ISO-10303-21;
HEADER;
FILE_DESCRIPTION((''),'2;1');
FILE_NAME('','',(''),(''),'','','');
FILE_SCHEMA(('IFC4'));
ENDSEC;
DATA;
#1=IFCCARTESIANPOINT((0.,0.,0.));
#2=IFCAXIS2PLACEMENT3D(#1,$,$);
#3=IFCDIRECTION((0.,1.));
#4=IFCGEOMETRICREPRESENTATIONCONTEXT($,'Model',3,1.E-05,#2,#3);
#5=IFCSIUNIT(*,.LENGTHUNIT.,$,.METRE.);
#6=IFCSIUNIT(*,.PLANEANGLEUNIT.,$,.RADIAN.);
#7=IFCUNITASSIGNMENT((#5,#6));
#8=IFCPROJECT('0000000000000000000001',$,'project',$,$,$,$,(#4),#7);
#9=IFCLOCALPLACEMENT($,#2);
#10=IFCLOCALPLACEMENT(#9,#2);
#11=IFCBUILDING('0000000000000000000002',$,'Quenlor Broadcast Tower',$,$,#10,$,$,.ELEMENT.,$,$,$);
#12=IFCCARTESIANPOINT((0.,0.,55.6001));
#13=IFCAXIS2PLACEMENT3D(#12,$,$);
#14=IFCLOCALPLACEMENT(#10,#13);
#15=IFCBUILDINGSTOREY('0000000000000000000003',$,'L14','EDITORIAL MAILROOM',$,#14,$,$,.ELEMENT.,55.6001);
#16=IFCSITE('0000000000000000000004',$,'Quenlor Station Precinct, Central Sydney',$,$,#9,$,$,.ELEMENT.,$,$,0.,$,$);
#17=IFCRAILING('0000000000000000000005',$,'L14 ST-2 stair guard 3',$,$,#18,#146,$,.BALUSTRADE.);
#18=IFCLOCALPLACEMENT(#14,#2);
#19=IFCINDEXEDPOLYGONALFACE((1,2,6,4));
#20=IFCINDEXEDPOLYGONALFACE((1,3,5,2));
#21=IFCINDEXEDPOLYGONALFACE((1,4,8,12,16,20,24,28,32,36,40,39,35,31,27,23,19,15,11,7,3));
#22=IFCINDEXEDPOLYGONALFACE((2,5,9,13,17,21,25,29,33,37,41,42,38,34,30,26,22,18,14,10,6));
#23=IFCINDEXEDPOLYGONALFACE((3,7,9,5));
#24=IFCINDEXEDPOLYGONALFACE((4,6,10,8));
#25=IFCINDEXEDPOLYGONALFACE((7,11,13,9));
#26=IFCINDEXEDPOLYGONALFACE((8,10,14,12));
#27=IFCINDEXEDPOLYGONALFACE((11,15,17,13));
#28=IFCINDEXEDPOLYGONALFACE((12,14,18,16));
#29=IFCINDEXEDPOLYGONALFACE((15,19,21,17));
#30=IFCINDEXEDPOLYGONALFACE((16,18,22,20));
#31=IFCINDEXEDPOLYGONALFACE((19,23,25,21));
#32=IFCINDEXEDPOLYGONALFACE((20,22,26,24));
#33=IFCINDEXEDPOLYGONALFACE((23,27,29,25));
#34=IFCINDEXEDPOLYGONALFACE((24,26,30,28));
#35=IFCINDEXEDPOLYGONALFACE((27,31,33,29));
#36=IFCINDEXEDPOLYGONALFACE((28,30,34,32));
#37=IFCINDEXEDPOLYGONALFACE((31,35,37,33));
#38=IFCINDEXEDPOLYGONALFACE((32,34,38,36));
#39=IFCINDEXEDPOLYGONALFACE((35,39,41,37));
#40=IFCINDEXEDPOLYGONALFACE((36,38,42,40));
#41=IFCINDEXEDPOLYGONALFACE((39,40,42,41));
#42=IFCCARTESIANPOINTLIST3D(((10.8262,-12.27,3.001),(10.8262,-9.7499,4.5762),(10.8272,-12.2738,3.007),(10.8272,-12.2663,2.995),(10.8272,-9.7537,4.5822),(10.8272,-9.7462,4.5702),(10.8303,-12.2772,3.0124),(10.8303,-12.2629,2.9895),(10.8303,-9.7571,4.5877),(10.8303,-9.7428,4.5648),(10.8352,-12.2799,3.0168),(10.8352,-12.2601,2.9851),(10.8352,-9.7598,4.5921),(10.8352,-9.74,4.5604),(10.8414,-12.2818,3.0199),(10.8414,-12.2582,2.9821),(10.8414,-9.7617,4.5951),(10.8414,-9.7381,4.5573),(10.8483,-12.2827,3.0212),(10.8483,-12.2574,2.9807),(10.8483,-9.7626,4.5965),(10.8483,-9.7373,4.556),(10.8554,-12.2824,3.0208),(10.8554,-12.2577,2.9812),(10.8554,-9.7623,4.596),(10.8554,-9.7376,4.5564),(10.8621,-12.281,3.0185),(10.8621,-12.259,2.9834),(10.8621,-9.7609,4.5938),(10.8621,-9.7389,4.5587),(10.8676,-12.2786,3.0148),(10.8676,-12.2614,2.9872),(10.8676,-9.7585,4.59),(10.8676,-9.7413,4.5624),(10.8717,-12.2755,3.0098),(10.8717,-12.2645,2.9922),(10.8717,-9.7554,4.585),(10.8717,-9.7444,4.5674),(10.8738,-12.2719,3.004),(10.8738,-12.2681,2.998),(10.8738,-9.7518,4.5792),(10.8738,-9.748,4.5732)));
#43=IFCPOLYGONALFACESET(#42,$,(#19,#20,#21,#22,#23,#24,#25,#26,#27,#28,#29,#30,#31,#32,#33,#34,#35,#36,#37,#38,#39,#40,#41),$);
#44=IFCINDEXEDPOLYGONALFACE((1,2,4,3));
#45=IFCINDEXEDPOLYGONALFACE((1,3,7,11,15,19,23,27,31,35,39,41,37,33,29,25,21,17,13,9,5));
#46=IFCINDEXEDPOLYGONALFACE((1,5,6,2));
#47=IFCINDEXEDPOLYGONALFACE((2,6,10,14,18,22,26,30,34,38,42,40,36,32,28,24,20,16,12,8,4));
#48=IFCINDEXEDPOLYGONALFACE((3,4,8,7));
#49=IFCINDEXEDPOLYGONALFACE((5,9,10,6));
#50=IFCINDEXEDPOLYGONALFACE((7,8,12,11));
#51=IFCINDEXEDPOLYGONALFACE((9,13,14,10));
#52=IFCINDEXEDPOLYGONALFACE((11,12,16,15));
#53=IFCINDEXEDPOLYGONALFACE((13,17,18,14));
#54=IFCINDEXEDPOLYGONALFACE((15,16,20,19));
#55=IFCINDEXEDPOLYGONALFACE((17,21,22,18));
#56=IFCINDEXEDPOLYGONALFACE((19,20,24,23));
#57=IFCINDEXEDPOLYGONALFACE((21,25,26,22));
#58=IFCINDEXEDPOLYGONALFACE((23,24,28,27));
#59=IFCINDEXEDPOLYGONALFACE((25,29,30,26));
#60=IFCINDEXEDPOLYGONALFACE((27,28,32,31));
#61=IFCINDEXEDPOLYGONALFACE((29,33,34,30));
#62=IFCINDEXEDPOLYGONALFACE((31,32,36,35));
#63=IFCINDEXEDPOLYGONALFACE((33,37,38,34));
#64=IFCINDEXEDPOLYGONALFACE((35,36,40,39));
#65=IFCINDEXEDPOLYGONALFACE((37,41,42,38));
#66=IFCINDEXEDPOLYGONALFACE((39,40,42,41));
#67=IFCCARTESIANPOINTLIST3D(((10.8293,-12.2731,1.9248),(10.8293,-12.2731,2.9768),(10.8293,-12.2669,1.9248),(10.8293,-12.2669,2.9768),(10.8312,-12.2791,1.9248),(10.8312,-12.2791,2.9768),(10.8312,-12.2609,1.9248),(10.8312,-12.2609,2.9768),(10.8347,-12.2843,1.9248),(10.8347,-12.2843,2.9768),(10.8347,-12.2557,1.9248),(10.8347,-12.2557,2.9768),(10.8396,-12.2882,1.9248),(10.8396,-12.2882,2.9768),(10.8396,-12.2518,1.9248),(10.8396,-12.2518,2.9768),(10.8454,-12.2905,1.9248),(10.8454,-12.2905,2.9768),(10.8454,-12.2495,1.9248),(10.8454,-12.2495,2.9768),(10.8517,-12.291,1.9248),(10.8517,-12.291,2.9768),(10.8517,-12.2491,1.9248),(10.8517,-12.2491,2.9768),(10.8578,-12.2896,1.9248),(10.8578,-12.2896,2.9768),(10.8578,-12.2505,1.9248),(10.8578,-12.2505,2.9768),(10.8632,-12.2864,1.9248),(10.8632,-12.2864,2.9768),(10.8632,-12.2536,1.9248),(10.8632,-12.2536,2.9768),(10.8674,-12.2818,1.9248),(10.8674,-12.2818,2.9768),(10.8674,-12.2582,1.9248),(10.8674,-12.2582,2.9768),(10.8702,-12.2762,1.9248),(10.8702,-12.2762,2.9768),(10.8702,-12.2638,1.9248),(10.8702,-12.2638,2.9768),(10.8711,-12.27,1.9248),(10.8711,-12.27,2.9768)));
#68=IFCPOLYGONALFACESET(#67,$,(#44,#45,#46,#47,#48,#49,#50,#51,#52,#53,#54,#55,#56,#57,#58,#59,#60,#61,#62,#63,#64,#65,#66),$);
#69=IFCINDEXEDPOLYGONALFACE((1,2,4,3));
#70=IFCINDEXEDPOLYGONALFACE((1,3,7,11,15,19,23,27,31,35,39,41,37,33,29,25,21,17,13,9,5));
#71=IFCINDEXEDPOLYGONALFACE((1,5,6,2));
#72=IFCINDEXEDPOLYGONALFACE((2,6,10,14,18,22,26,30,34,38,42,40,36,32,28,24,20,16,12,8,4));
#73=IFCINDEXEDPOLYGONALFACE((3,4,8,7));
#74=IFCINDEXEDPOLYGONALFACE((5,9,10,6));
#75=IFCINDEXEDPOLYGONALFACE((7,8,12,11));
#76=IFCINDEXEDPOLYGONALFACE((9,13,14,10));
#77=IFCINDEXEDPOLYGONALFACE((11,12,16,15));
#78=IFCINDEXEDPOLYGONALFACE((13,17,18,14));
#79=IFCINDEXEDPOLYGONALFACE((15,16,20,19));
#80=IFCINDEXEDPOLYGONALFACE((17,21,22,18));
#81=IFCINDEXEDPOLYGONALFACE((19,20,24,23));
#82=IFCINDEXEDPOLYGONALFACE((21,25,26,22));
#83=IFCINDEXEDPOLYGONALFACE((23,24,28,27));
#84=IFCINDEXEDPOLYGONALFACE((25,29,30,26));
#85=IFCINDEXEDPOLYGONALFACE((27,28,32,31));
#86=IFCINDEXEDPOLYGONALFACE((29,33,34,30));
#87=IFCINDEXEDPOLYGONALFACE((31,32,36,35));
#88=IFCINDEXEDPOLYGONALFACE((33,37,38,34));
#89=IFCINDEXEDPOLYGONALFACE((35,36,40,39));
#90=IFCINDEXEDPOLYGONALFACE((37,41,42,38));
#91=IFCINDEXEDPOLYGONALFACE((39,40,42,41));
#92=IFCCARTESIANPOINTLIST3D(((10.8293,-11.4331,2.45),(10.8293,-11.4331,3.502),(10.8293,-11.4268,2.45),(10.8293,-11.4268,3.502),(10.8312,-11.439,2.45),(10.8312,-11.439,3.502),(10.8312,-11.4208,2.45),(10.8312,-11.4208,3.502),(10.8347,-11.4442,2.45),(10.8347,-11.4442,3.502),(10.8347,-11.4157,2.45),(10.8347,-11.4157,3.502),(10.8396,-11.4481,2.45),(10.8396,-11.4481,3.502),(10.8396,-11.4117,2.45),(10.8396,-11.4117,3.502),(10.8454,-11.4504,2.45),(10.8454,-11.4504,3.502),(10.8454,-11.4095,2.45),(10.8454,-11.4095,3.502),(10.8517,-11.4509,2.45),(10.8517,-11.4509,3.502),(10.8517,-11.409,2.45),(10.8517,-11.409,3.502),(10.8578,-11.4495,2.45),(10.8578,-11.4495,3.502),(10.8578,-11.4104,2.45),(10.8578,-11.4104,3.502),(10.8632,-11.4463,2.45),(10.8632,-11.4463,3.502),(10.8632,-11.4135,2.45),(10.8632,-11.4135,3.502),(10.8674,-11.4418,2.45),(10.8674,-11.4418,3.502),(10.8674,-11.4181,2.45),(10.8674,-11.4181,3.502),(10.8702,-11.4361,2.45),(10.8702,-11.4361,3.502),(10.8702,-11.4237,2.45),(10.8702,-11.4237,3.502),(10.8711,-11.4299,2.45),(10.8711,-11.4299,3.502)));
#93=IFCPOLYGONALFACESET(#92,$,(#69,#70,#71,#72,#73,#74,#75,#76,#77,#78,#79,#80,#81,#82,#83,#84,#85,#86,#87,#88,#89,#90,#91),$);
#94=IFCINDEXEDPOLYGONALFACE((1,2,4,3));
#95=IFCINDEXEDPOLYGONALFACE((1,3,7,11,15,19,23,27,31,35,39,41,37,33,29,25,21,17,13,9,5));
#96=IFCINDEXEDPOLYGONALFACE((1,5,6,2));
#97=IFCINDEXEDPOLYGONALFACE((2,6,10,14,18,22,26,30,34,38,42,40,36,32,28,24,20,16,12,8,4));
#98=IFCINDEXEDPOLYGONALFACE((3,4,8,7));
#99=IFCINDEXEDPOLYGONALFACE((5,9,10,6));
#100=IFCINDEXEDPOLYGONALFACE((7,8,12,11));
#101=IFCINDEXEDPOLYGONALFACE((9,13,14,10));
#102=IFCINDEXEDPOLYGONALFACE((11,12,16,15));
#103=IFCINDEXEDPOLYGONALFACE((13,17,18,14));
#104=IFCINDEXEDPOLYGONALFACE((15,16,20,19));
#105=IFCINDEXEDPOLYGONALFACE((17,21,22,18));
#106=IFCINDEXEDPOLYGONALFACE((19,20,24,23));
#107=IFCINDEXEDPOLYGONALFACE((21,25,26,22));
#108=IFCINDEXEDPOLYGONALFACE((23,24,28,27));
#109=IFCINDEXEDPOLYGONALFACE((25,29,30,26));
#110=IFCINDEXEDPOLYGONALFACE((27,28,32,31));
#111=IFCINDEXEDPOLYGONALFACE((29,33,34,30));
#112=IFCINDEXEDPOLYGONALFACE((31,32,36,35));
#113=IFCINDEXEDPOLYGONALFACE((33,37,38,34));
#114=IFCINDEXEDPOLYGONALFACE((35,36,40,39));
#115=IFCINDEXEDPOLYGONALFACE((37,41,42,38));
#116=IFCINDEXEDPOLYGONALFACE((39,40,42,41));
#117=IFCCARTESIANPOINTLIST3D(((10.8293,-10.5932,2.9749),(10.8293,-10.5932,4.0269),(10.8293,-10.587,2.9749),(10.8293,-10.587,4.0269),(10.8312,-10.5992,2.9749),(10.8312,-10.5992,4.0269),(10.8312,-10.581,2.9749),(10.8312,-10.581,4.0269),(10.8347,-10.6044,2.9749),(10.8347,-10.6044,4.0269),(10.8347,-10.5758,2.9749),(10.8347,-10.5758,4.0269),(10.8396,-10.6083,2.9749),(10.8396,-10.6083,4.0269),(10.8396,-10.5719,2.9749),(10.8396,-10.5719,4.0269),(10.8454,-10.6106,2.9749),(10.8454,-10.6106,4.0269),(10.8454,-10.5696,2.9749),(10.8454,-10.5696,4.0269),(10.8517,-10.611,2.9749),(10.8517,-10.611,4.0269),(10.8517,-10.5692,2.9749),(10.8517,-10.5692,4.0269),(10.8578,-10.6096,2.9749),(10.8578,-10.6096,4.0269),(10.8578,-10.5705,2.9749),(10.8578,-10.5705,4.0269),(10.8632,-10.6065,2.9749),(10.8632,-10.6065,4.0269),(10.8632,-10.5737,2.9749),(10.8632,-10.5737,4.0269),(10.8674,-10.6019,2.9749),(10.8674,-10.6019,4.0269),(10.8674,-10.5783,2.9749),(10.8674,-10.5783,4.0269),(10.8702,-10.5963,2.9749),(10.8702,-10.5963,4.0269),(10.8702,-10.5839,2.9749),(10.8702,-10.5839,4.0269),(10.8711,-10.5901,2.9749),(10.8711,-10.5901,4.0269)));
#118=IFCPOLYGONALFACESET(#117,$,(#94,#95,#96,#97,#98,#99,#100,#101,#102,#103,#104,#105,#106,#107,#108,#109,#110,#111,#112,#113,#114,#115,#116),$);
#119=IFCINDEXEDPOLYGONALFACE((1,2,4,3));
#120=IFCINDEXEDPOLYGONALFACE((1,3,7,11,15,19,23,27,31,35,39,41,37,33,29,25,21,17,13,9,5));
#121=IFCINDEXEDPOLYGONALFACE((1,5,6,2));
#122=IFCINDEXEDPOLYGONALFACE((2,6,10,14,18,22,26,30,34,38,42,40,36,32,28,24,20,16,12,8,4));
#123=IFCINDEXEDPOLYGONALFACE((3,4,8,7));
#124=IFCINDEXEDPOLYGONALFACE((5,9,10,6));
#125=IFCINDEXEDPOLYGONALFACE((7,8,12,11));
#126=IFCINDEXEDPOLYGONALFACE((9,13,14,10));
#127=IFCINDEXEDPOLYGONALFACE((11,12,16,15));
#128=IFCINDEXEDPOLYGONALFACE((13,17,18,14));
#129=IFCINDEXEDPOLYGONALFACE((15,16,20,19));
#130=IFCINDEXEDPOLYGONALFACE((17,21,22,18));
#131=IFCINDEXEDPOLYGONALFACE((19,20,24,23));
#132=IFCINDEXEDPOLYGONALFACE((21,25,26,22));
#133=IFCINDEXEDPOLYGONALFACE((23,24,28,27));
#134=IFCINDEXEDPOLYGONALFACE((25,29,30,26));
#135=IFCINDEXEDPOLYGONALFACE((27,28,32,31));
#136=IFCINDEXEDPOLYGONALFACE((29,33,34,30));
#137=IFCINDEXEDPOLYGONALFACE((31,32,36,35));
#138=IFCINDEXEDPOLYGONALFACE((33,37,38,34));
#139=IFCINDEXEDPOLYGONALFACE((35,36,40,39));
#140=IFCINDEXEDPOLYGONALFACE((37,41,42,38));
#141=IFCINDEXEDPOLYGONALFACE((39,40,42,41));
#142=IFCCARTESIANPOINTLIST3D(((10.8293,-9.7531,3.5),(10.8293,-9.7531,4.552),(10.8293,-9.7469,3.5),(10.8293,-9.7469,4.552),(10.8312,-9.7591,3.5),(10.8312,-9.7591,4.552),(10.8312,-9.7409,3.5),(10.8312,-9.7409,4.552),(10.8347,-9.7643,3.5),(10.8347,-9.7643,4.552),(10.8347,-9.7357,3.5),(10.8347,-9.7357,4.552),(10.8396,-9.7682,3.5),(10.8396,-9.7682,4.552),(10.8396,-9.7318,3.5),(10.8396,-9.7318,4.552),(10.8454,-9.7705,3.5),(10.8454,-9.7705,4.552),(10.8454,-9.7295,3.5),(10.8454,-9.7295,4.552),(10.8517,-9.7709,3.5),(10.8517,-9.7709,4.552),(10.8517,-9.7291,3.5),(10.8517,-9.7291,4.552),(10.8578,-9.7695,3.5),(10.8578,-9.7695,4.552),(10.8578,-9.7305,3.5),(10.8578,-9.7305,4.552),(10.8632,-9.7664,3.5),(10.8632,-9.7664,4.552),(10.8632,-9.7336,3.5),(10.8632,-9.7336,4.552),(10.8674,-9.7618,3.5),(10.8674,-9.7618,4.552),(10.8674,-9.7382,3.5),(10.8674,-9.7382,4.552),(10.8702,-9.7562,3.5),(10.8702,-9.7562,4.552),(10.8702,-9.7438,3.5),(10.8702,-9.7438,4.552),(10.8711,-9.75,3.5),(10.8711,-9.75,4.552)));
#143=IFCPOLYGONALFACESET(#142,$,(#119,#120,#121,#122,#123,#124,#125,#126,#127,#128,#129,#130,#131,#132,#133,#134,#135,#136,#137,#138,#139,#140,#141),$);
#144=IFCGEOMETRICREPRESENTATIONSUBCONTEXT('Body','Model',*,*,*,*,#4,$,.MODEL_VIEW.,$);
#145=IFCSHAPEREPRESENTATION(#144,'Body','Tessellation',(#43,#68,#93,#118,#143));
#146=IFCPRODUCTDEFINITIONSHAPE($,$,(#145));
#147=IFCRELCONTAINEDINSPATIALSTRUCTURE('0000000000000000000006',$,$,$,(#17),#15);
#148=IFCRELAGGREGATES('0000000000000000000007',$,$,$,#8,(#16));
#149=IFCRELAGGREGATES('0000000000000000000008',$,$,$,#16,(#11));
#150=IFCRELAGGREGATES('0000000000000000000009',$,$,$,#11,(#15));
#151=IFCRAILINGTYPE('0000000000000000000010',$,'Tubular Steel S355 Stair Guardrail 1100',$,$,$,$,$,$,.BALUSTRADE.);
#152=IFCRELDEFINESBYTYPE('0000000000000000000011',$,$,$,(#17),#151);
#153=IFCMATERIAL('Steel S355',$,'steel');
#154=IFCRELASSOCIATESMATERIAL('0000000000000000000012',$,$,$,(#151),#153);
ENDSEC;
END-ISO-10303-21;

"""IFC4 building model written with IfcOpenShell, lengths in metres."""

from ifc_helpers import new_model, si_unit, direction, frame, origin, origin_2d, place, context, subcontext, project, spatial, circle, extrude, material, type_object, element, save


model = new_model("IFC4")

# Units and contexts
model_context = context("Model", 3, precision=1e-05, world=origin(), true_north=direction((0.0, 1.0)))
body_context = subcontext(model_context, "Body", "Model", "MODEL_VIEW")
ifc_project = project(units=[si_unit("LENGTHUNIT", "METRE"), si_unit("PLANEANGLEUNIT", "RADIAN")], contexts=[model_context])

# Site, building, storey
site_placement = place(None, origin())
site = spatial("IfcSite", under=ifc_project, at=site_placement, Name="Quenlor Station Precinct, Central Sydney", CompositionType="ELEMENT", RefElevation=0.0)
building_placement = place(site_placement, origin())
building = spatial("IfcBuilding", under=site, at=building_placement, Name="Quenlor Broadcast Tower", CompositionType="ELEMENT")
storey_placement = place(building_placement, frame((0.0, 0.0, 55.6001)))
storey = spatial("IfcBuildingStorey", under=building, at=storey_placement, Name="L14", Description="EDITORIAL MAILROOM", CompositionType="ELEMENT", Elevation=55.6001)

# Railing
ifc_material_1 = material(Name="Steel S355", Category="steel")
railing_type_1 = type_object("IfcRailingType", Name="Tubular Steel S355 Stair Guardrail 1100", PredefinedType="BALUSTRADE", material=ifc_material_1)
railing_1_placement = place(storey_placement, frame((10.8501, -12.27, 1.9248)))
element("IfcRailing", 1, at=railing_1_placement, inside=storey, type_object=railing_type_1, Name="L14 ST-2 stair guard 3", PredefinedType="BALUSTRADE", context=body_context, shape_type="SweptSolid", body=[
    extrude(circle(Radius=0.0239, at=origin_2d()), frame((0.0, 0.0, 1.0762), z_axis=(0.0, 0.847971, 0.530043), x_axis=(-1.0, 0.0, 0.0)), (0.0, 0.0, 1.0), 2.9719),
    extrude(circle(Radius=0.021, at=origin_2d()), origin(), (0.0, 0.0, 1.0), 1.052),
    extrude(circle(Radius=0.021, at=origin_2d()), frame((0.0, 0.8401, 0.5251)), (0.0, 0.0, 1.0), 1.052),
    extrude(circle(Radius=0.021, at=origin_2d()), frame((0.0, 1.6799, 1.05)), (0.0, 0.0, 1.0), 1.052),
    extrude(circle(Radius=0.021, at=origin_2d()), frame((0.0, 2.52, 1.5752)), (0.0, 0.0, 1.0), 1.052),
])

save(model, "model.ifc")
